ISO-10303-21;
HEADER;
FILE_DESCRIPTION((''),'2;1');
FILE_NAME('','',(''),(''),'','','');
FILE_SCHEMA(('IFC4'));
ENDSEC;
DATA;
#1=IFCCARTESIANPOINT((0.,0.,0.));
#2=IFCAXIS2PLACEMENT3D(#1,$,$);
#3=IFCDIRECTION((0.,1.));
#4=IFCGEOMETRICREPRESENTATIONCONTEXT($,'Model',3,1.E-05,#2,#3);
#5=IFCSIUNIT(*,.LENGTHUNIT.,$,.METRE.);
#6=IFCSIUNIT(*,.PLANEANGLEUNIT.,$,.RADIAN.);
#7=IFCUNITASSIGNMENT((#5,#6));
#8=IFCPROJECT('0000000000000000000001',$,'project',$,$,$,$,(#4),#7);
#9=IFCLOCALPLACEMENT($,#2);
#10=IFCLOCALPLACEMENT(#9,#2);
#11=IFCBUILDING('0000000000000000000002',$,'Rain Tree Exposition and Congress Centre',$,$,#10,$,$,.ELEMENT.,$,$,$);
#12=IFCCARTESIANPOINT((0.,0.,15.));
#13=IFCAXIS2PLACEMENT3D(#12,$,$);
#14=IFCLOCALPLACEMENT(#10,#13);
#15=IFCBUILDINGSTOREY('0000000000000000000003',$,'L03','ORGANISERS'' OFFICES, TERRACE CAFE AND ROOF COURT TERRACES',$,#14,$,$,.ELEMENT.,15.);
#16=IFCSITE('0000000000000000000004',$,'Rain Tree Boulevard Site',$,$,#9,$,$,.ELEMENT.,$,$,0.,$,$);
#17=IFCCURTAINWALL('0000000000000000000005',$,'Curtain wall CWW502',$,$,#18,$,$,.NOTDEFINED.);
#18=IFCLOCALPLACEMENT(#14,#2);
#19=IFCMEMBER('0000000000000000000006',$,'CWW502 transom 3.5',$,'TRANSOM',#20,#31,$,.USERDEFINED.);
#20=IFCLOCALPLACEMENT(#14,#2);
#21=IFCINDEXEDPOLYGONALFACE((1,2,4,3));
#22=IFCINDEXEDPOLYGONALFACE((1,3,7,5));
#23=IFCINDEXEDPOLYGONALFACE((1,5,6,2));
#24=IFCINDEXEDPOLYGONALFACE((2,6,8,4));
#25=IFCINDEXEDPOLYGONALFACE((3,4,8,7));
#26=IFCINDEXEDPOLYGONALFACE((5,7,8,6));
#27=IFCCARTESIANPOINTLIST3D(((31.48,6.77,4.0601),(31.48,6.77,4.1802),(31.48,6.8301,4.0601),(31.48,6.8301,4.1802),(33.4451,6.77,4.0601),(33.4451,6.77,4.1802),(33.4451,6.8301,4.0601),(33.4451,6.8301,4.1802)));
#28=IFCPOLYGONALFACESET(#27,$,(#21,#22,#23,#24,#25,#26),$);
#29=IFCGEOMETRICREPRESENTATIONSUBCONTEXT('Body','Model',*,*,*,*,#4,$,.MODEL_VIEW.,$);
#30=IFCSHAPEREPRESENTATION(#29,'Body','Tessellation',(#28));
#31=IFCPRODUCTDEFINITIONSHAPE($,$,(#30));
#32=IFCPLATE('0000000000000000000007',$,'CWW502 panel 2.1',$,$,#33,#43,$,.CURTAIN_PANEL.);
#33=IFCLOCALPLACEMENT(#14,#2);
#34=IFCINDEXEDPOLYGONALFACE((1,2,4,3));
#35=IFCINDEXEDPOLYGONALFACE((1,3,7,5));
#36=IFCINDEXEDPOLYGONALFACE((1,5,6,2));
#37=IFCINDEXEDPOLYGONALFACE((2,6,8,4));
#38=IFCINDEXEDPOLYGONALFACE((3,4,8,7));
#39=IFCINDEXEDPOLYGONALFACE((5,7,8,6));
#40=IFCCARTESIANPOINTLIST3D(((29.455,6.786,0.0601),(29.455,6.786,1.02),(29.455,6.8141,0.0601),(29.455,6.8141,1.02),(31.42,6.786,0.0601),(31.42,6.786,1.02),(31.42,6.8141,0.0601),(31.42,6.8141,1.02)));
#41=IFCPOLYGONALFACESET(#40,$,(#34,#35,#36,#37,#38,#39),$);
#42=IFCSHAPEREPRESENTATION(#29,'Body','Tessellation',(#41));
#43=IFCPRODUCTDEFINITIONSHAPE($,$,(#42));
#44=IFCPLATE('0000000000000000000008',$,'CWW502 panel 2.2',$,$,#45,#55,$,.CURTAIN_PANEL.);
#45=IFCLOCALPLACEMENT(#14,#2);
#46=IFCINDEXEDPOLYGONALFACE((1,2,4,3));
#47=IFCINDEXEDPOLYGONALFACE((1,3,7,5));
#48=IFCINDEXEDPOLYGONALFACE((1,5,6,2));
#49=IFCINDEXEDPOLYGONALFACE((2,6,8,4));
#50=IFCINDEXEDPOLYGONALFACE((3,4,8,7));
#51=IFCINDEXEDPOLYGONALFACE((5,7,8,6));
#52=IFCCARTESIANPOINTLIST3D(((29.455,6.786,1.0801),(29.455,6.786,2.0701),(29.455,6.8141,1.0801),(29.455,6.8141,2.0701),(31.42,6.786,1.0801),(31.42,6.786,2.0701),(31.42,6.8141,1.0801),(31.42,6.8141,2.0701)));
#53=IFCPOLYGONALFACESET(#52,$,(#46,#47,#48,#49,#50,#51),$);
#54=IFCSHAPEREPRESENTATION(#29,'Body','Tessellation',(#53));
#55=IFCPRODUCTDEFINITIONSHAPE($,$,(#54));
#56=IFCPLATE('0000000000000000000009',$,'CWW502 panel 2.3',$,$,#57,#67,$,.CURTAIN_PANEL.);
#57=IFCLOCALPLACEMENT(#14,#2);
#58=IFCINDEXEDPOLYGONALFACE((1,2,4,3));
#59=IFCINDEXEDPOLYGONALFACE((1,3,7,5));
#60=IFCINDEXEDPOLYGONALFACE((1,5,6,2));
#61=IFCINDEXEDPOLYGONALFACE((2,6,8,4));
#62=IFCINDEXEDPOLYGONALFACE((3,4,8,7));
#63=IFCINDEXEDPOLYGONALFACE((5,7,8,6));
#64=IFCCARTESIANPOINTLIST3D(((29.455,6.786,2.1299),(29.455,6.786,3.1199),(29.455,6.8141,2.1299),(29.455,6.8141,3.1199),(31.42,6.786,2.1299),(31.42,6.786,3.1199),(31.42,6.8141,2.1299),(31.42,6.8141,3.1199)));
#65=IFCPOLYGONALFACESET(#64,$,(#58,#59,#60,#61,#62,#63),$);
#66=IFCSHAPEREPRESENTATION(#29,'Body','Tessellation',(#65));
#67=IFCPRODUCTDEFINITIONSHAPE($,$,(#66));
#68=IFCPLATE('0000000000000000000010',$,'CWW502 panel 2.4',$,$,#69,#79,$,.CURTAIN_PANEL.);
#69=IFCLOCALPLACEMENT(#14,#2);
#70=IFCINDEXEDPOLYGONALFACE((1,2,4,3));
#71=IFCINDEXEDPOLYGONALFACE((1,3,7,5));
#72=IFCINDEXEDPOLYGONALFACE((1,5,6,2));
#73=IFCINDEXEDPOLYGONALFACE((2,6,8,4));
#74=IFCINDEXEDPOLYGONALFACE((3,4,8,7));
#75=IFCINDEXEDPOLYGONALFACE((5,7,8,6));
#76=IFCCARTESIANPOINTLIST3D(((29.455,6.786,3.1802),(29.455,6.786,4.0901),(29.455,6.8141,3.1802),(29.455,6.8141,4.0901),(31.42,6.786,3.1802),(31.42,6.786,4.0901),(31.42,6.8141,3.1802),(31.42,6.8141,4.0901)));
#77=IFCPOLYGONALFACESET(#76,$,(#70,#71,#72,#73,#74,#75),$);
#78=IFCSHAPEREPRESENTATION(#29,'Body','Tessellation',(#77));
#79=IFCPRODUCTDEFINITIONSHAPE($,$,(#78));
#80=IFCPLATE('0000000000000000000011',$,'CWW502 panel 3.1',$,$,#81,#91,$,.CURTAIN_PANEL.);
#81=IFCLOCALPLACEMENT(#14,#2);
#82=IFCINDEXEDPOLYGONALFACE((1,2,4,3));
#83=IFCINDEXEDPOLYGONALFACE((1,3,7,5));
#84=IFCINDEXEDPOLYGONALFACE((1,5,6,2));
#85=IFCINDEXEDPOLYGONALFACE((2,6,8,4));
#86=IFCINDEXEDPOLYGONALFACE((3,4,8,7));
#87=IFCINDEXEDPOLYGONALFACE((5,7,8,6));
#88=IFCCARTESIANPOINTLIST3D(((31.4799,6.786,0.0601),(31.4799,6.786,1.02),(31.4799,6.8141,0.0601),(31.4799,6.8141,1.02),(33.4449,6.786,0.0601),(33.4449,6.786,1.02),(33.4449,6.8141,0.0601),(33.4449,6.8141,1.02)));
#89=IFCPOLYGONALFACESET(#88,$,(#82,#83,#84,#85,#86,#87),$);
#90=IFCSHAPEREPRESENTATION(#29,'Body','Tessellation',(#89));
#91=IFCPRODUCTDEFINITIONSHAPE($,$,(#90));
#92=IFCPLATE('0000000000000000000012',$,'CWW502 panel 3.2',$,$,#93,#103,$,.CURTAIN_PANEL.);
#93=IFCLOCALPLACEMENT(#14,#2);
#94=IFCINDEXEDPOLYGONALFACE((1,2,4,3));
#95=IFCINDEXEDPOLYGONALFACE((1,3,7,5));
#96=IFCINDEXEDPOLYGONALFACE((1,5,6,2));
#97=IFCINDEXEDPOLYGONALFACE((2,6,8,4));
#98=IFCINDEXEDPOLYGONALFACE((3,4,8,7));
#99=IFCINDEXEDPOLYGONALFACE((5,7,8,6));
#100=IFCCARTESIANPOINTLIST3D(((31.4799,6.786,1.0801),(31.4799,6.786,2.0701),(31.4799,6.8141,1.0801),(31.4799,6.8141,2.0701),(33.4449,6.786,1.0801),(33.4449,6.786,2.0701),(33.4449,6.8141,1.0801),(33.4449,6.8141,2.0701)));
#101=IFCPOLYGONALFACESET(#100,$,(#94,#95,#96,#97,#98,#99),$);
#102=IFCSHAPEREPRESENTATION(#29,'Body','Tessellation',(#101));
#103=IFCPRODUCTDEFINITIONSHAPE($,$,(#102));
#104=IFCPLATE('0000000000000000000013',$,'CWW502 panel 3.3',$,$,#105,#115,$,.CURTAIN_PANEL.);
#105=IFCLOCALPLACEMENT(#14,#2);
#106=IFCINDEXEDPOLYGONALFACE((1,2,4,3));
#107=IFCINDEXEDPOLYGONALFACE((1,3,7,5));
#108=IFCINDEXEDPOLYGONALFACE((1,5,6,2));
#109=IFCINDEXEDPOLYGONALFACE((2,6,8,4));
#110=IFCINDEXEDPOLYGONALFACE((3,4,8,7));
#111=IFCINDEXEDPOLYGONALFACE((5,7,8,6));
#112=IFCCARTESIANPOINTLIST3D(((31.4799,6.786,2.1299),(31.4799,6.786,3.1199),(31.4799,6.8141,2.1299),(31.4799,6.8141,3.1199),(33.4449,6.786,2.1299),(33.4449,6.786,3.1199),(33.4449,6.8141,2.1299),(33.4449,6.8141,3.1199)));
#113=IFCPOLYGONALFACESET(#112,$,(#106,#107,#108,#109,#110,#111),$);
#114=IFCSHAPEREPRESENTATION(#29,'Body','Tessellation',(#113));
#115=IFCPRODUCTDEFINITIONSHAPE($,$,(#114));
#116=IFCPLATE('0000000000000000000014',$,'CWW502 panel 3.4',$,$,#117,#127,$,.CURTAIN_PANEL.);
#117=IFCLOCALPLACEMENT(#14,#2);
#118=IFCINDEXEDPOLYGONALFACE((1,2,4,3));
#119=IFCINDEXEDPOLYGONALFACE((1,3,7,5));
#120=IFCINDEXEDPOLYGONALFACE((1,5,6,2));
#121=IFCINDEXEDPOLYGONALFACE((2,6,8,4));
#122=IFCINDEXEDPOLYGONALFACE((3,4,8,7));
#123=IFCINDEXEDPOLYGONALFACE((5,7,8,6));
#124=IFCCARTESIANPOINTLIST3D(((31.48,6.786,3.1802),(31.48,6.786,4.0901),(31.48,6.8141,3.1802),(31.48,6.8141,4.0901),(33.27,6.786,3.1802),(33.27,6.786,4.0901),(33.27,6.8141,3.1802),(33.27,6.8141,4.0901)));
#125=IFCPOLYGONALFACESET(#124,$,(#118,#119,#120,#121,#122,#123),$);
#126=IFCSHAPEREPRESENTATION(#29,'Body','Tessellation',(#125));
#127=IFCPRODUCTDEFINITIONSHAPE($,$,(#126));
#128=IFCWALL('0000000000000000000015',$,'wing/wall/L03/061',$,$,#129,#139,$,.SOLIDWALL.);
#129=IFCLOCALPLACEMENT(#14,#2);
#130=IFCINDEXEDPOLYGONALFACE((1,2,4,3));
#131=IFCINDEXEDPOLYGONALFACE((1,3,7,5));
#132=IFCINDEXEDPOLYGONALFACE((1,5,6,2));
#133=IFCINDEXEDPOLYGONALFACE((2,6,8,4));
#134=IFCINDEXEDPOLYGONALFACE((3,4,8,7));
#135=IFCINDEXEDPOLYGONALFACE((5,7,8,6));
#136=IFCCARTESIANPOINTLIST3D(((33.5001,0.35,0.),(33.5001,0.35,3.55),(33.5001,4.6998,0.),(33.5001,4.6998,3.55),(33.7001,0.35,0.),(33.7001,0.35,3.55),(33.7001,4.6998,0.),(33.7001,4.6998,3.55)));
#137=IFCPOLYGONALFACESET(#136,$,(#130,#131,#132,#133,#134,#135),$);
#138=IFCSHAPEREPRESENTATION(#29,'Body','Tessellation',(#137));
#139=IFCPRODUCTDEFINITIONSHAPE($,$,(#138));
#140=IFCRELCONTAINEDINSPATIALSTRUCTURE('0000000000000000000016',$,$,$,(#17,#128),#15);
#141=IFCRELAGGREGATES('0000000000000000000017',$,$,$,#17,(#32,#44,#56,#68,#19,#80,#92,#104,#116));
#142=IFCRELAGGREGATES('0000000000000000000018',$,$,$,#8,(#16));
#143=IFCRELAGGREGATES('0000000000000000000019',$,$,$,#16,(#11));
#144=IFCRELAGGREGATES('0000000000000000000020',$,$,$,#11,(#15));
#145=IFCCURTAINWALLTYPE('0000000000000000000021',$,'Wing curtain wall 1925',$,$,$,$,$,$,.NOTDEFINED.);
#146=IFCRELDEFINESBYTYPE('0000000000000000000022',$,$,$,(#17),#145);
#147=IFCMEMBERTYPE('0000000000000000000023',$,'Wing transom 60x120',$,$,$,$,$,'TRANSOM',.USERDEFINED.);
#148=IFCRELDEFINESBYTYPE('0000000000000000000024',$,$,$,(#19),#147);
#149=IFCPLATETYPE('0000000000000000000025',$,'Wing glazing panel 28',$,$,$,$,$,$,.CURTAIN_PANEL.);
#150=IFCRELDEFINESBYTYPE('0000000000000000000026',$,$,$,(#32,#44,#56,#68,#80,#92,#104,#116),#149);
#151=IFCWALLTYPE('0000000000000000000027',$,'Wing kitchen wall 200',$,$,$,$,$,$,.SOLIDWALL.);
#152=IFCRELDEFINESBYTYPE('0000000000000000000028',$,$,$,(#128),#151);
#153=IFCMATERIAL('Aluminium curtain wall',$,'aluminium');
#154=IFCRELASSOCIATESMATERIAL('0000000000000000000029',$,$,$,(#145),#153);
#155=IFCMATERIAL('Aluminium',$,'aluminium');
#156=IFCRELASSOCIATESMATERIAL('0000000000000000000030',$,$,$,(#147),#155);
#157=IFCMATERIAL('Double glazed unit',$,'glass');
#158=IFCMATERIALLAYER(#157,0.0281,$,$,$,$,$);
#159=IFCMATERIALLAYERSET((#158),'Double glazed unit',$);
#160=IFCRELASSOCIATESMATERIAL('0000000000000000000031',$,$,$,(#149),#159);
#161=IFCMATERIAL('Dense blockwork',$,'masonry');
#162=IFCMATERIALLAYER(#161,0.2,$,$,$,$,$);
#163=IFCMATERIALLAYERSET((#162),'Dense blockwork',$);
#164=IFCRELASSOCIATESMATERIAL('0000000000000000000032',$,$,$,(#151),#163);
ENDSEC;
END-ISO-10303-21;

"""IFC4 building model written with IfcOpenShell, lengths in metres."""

from ifc_helpers import new_model, si_unit, direction, frame, frame_2d, origin, origin_2d, place, context, subcontext, project, spatial, rectangle, extrude, material, layer, layer_set, material_profile, profile_set, type_object, element, aggregate, save


model = new_model("IFC4")

# Units and contexts
model_context = context("Model", 3, precision=1e-05, world=origin(), true_north=direction((0.0, 1.0)))
body_context = subcontext(model_context, "Body", "Model", "MODEL_VIEW")
ifc_project = project(units=[si_unit("LENGTHUNIT", "METRE"), si_unit("PLANEANGLEUNIT", "RADIAN")], contexts=[model_context])

# Site, building, storey
site_placement = place(None, origin())
site = spatial("IfcSite", under=ifc_project, at=site_placement, Name="Rain Tree Boulevard Site", CompositionType="ELEMENT", RefElevation=0.0)
building_placement = place(site_placement, origin())
building = spatial("IfcBuilding", under=site, at=building_placement, Name="Rain Tree Exposition and Congress Centre", CompositionType="ELEMENT")
storey_placement = place(building_placement, frame((0.0, 0.0, 15.0)))
storey = spatial("IfcBuildingStorey", under=building, at=storey_placement, Name="L03", Description="ORGANISERS' OFFICES, TERRACE CAFE AND ROOF COURT TERRACES", CompositionType="ELEMENT", Elevation=15.0)

# Curtain wall, member, plates
ifc_material_1 = material(Name="Aluminium curtain wall", Category="aluminium")
curtain_wall_type = type_object("IfcCurtainWallType", Name="Wing curtain wall 1925", PredefinedType="NOTDEFINED", material=ifc_material_1)
curtain_wall_placement = place(storey_placement, origin())
curtain_wall = element("IfcCurtainWall", 1, at=curtain_wall_placement, inside=storey, type_object=curtain_wall_type, Name="Curtain wall CWW502", PredefinedType="NOTDEFINED")
ifc_material_2 = material(Name="Aluminium", Category="aluminium")
ifc_material_profile_1 = material_profile(ifc_material_2, rectangle(XDim=0.0601, YDim=0.1201, at=origin_2d()), Name="Aluminium 60x120")
ifc_profile_set_1 = profile_set([ifc_material_profile_1], Name="Aluminium")
member_type_1 = type_object("IfcMemberType", Name="Wing transom 60x120", ElementType="TRANSOM", PredefinedType="USERDEFINED", material=ifc_profile_set_1)
member_1_placement = place(storey_placement, frame((31.48, 6.8, 4.1201), z_axis=(1.0, 0.0, 0.0), x_axis=(0.0, 1.0, 0.0)))
member_1 = element("IfcMember", 2, at=member_1_placement, type_object=member_type_1, Name="CWW502 transom 3.5", ObjectType="TRANSOM", PredefinedType="USERDEFINED", context=body_context, shape_type="SweptSolid", body=[
    extrude(rectangle(XDim=0.0601, YDim=0.1201, at=origin_2d()), origin(), (0.0, 0.0, 1.0), 1.9651),
])
ifc_material_3 = material(Name="Double glazed unit", Category="glass")
ifc_layer_1 = layer(ifc_material_3, 0.0281)
ifc_layer_set_1 = layer_set([ifc_layer_1], Name="Double glazed unit")
plate_type = type_object("IfcPlateType", Name="Wing glazing panel 28", PredefinedType="CURTAIN_PANEL", material=ifc_layer_set_1)
plate_1_placement = place(storey_placement, frame((30.4375, 6.8, 0.0601), z_axis=(0.0, 0.0, 1.0), x_axis=(1.0, 0.0, 0.0)))
plate_1 = element("IfcPlate", 3, at=plate_1_placement, type_object=plate_type, Name="CWW502 panel 2.1", PredefinedType="CURTAIN_PANEL", context=body_context, shape_type="SweptSolid", body=[
    extrude(rectangle(XDim=1.9651, YDim=0.0281, at=origin_2d()), origin(), (0.0, 0.0, 1.0), 0.96),
])
plate_2_placement = place(storey_placement, frame((30.4375, 6.8, 1.0801), z_axis=(0.0, 0.0, 1.0), x_axis=(1.0, 0.0, 0.0)))
plate_2 = element("IfcPlate", 4, at=plate_2_placement, type_object=plate_type, Name="CWW502 panel 2.2", PredefinedType="CURTAIN_PANEL", context=body_context, shape_type="SweptSolid", body=[
    extrude(rectangle(XDim=1.9651, YDim=0.0281, at=origin_2d()), origin(), (0.0, 0.0, 1.0), 0.99),
])
plate_3_placement = place(storey_placement, frame((30.4375, 6.8, 2.1299), z_axis=(0.0, 0.0, 1.0), x_axis=(1.0, 0.0, 0.0)))
plate_3 = element("IfcPlate", 5, at=plate_3_placement, type_object=plate_type, Name="CWW502 panel 2.3", PredefinedType="CURTAIN_PANEL", context=body_context, shape_type="SweptSolid", body=[
    extrude(rectangle(XDim=1.9651, YDim=0.0281, at=origin_2d()), origin(), (0.0, 0.0, 1.0), 0.99),
])
plate_4_placement = place(storey_placement, frame((30.4375, 6.8, 3.1802), z_axis=(0.0, 0.0, 1.0), x_axis=(1.0, 0.0, 0.0)))
plate_4 = element("IfcPlate", 6, at=plate_4_placement, type_object=plate_type, Name="CWW502 panel 2.4", PredefinedType="CURTAIN_PANEL", context=body_context, shape_type="SweptSolid", body=[
    extrude(rectangle(XDim=1.9651, YDim=0.0281, at=origin_2d()), origin(), (0.0, 0.0, 1.0), 0.9099),
])
plate_5_placement = place(storey_placement, frame((32.4624, 6.8, 0.0601), z_axis=(0.0, 0.0, 1.0), x_axis=(1.0, 0.0, 0.0)))
plate_5 = element("IfcPlate", 7, at=plate_5_placement, type_object=plate_type, Name="CWW502 panel 3.1", PredefinedType="CURTAIN_PANEL", context=body_context, shape_type="SweptSolid", body=[
    extrude(rectangle(XDim=1.9651, YDim=0.0281, at=origin_2d()), origin(), (0.0, 0.0, 1.0), 0.96),
])
plate_6_placement = place(storey_placement, frame((32.4624, 6.8, 1.0801), z_axis=(0.0, 0.0, 1.0), x_axis=(1.0, 0.0, 0.0)))
plate_6 = element("IfcPlate", 8, at=plate_6_placement, type_object=plate_type, Name="CWW502 panel 3.2", PredefinedType="CURTAIN_PANEL", context=body_context, shape_type="SweptSolid", body=[
    extrude(rectangle(XDim=1.9651, YDim=0.0281, at=origin_2d()), origin(), (0.0, 0.0, 1.0), 0.99),
])
plate_7_placement = place(storey_placement, frame((32.4624, 6.8, 2.1299), z_axis=(0.0, 0.0, 1.0), x_axis=(1.0, 0.0, 0.0)))
plate_7 = element("IfcPlate", 9, at=plate_7_placement, type_object=plate_type, Name="CWW502 panel 3.3", PredefinedType="CURTAIN_PANEL", context=body_context, shape_type="SweptSolid", body=[
    extrude(rectangle(XDim=1.9651, YDim=0.0281, at=origin_2d()), origin(), (0.0, 0.0, 1.0), 0.99),
])
plate_8_placement = place(storey_placement, frame((32.375, 6.8, 3.1802), z_axis=(0.0, 0.0, 1.0), x_axis=(1.0, 0.0, 0.0)))
plate_8 = element("IfcPlate", 10, at=plate_8_placement, type_object=plate_type, Name="CWW502 panel 3.4", PredefinedType="CURTAIN_PANEL", context=body_context, shape_type="SweptSolid", body=[
    extrude(rectangle(XDim=1.79, YDim=0.0281, at=origin_2d()), origin(), (0.0, 0.0, 1.0), 0.9099),
])
aggregate(curtain_wall, [plate_1, plate_2, plate_3, plate_4, member_1, plate_5, plate_6, plate_7, plate_8])

# Shared definitions
ifc_material_4 = material(Name="Dense blockwork", Category="masonry")
ifc_layer_2 = layer(ifc_material_4, 0.2)
ifc_layer_set_2 = layer_set([ifc_layer_2], Name="Dense blockwork")
wall_type = type_object("IfcWallType", Name="Wing kitchen wall 200", PredefinedType="SOLIDWALL", material=ifc_layer_set_2)

# Wall
wall_1_placement = place(storey_placement, frame((33.6001, 0.3501, 0.0), z_axis=(0.0, 0.0, 1.0), x_axis=(0.0, 1.0, 0.0)))
element("IfcWall", 11, at=wall_1_placement, inside=storey, type_object=wall_type, Name="wing/wall/L03/061", PredefinedType="SOLIDWALL", context=body_context, shape_type="SweptSolid", body=[
    extrude(rectangle(XDim=4.3499, YDim=0.2, at=frame_2d((2.1748, 0.0))), origin(), (0.0, 0.0, 1.0), 3.55),
])

save(model, "model.ifc")
